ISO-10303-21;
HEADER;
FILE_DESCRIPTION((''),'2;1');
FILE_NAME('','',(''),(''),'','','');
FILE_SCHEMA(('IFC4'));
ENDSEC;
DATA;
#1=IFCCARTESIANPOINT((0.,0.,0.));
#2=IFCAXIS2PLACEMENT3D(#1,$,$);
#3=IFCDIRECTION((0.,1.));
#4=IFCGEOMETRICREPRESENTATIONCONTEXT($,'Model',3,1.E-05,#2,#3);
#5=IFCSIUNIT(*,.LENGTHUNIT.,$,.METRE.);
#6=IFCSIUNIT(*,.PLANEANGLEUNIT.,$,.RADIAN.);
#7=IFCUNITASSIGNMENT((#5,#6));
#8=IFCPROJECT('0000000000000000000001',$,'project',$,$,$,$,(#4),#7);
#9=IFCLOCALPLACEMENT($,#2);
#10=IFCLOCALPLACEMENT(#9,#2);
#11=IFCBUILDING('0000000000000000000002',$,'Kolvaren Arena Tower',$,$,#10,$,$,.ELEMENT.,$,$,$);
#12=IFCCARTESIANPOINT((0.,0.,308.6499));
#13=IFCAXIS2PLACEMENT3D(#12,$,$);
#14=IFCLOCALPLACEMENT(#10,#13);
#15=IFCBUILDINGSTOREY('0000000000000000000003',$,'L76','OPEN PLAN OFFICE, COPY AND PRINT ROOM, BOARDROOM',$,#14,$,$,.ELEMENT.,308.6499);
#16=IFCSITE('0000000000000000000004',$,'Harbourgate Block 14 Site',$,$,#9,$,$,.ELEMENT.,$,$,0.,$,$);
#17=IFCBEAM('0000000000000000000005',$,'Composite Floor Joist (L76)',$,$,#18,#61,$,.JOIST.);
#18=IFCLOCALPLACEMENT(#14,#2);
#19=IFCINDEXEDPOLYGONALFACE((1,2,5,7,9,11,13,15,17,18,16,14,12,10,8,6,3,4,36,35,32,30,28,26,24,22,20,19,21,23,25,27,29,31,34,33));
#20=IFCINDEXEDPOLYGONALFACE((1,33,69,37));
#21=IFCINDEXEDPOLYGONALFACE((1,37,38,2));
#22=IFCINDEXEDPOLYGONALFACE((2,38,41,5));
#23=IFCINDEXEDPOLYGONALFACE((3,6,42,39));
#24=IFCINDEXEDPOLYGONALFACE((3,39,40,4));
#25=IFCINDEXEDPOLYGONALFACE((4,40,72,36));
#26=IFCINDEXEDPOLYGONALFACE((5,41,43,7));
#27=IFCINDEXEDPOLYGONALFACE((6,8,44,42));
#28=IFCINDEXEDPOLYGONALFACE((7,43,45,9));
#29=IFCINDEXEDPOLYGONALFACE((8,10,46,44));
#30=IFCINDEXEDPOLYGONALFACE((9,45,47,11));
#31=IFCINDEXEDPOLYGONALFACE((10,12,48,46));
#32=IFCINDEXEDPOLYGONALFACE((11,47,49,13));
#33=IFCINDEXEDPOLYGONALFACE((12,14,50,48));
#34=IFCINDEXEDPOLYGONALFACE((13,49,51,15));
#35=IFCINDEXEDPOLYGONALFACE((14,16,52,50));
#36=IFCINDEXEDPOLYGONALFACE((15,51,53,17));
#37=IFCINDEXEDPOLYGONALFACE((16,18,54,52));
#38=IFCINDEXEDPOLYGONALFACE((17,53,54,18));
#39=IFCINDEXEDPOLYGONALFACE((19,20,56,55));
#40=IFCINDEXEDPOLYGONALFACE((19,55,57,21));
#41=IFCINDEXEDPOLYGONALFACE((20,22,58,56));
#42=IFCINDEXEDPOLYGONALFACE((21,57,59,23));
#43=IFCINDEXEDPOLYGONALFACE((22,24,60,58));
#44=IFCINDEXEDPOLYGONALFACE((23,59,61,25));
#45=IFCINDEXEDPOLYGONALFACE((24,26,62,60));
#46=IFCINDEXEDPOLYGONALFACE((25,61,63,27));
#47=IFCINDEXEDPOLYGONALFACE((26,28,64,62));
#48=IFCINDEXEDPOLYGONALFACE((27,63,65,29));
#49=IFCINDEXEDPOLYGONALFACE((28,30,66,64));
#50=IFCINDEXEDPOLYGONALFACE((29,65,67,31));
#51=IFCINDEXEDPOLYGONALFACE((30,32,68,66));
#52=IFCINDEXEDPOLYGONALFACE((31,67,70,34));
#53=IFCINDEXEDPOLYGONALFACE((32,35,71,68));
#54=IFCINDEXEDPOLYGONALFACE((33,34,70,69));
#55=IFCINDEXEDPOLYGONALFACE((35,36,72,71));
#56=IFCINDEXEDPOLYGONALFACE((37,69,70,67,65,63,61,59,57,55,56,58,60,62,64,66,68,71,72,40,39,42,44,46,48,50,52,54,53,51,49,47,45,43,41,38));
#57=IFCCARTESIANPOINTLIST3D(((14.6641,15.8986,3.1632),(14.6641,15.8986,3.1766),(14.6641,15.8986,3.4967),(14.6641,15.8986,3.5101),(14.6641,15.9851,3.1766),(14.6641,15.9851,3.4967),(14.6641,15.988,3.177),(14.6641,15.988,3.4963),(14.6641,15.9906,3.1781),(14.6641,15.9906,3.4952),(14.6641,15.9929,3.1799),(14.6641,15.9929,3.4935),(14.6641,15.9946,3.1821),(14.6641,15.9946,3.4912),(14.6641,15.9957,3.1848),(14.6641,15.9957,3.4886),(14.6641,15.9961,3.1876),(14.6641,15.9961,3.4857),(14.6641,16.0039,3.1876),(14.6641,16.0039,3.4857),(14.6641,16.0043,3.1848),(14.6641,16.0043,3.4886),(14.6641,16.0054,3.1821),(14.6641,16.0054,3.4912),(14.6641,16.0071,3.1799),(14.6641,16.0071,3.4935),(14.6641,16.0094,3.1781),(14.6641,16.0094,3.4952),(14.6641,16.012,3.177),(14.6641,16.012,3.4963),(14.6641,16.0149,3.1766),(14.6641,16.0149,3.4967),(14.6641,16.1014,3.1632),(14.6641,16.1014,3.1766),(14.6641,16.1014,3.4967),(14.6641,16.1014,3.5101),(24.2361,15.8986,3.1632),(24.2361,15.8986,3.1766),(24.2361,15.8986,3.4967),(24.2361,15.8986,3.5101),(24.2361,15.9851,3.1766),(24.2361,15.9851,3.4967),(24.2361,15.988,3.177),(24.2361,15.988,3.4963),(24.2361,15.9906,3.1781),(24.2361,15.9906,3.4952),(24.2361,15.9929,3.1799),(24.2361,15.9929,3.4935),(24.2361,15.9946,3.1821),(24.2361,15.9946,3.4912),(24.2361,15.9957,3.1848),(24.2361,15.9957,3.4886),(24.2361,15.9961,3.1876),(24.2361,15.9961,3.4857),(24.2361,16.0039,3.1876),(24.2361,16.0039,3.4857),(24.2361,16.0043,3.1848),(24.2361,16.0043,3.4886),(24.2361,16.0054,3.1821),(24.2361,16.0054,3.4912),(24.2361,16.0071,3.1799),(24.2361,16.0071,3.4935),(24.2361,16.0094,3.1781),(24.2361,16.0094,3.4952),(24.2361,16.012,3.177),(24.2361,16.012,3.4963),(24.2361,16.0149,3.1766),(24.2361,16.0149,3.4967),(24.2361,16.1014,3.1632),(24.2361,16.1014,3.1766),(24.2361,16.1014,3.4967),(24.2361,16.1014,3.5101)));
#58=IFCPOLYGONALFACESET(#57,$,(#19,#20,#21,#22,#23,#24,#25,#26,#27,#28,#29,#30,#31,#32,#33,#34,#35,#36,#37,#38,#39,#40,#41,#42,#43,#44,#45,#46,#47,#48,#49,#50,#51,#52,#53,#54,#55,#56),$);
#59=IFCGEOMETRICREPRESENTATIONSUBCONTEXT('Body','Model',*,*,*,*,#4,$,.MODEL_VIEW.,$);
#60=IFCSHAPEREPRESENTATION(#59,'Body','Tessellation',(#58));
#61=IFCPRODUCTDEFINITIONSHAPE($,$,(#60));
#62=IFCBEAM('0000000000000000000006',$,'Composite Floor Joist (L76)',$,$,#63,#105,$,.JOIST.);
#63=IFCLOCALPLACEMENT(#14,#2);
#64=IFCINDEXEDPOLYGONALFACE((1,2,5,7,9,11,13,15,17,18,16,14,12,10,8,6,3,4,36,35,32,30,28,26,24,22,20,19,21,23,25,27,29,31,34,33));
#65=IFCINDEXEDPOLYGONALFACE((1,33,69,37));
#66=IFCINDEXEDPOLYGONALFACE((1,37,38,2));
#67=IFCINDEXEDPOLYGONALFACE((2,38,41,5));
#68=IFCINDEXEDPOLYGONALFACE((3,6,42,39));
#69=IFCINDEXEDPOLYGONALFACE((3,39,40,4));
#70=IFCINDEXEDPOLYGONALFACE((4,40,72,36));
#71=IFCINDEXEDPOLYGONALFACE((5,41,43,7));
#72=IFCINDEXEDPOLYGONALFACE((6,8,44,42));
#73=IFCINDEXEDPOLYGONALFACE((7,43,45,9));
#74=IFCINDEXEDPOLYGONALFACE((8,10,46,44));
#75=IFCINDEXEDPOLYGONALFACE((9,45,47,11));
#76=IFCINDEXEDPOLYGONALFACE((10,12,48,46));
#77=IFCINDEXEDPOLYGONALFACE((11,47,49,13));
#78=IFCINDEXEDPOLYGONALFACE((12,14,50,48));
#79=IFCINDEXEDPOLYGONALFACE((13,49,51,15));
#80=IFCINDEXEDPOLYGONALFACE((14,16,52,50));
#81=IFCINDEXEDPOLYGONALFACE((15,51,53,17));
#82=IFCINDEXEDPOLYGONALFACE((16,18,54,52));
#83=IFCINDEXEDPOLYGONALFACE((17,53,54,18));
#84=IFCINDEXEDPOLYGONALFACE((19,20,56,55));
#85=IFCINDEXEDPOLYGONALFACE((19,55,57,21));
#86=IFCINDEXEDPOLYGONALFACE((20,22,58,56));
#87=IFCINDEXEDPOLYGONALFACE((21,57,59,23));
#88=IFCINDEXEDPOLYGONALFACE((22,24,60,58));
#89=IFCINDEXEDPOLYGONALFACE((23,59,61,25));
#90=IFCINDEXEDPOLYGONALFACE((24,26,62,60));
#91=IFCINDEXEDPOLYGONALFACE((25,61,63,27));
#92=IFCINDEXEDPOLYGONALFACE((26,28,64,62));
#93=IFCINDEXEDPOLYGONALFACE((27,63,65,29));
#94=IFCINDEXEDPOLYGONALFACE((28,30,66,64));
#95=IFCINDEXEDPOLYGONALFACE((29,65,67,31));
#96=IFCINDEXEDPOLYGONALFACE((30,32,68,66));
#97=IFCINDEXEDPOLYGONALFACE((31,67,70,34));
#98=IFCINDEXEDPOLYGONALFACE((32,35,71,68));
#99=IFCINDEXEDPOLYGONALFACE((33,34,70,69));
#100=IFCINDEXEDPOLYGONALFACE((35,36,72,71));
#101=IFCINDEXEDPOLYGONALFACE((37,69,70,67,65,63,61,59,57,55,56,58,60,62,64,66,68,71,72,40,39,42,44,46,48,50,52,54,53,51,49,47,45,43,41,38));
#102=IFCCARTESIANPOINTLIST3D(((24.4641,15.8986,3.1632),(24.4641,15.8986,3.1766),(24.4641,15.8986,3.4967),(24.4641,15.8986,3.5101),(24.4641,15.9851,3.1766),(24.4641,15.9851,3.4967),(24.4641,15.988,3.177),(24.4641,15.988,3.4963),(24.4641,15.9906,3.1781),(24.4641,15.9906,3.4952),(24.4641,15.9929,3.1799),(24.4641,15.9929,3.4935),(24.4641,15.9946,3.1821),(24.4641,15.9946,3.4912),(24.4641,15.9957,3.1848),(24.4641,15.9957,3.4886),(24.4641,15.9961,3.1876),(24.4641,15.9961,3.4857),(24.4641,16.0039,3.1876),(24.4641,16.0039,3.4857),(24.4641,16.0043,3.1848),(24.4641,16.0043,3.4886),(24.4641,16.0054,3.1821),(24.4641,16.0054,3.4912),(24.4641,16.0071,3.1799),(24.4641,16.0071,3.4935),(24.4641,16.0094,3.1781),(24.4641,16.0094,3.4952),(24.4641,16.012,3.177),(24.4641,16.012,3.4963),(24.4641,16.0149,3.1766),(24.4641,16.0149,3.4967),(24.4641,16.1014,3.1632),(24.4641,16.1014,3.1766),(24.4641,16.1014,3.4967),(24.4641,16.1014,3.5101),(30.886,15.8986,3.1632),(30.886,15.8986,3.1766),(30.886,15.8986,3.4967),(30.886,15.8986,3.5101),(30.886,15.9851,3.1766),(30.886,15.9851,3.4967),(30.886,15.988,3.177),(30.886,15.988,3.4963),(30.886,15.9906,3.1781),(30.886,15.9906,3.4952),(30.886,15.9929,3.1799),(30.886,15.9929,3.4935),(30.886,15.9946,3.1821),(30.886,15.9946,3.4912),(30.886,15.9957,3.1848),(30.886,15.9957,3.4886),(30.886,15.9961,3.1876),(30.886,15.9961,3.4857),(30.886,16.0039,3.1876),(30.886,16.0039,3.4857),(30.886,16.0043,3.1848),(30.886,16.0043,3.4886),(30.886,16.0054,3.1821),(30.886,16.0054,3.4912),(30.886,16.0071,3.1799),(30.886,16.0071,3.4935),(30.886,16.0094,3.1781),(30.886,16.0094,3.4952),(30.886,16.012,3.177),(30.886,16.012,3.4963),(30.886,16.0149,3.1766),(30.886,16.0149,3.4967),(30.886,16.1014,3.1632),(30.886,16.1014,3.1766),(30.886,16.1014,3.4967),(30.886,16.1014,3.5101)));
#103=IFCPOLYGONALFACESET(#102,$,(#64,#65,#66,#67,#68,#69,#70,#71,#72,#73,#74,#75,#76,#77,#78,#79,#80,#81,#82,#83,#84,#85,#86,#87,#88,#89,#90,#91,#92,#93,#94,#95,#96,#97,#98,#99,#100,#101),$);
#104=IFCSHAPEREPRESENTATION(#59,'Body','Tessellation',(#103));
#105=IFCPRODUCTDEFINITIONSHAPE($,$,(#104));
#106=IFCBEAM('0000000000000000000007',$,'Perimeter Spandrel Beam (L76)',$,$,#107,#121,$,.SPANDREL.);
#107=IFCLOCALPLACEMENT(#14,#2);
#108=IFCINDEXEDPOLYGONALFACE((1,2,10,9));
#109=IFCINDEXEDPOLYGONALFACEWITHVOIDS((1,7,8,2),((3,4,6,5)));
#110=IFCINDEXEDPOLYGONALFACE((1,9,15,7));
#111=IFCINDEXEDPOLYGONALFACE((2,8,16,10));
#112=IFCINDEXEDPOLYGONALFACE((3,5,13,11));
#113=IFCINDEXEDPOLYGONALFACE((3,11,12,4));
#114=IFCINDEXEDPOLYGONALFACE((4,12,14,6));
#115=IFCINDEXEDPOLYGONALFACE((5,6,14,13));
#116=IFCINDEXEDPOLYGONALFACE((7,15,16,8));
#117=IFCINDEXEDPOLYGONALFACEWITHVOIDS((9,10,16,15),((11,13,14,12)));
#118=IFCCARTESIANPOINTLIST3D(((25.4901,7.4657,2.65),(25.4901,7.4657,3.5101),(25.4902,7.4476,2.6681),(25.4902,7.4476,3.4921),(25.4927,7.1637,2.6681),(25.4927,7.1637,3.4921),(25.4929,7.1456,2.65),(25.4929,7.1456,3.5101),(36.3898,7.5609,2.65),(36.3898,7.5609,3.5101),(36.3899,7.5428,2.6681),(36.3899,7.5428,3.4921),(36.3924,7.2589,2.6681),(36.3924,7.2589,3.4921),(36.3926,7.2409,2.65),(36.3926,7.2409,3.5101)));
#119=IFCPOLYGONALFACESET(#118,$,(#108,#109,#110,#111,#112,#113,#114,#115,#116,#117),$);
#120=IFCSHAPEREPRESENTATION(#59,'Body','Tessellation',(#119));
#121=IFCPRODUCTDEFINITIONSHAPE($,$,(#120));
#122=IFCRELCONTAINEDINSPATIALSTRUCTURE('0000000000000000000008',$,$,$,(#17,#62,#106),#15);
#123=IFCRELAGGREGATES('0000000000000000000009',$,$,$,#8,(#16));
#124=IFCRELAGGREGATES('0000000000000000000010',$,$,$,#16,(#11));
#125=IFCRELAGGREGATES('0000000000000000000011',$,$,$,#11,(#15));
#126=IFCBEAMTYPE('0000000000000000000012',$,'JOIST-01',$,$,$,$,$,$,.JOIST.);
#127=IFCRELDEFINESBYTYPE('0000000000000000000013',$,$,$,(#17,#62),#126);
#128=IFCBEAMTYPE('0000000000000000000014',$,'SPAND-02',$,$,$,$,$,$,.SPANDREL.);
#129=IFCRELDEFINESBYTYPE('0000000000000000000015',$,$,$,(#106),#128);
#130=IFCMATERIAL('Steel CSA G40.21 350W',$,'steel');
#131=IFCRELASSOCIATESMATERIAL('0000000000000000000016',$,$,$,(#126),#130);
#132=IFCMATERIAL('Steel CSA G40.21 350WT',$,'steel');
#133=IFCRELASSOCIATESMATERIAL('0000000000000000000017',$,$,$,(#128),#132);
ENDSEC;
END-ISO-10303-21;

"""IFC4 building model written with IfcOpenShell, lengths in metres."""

from ifc_helpers import new_model, si_unit, direction, frame, origin, origin_2d, place, context, subcontext, project, spatial, hollow_rectangle, i_section, extrude, material, material_profile, profile_set, type_object, element, save


model = new_model("IFC4")

# Units and contexts
model_context = context("Model", 3, precision=1e-05, world=origin(), true_north=direction((0.0, 1.0)))
body_context = subcontext(model_context, "Body", "Model", "MODEL_VIEW")
ifc_project = project(units=[si_unit("LENGTHUNIT", "METRE"), si_unit("PLANEANGLEUNIT", "RADIAN")], contexts=[model_context])

# Site, building, storey
site_placement = place(None, origin())
site = spatial("IfcSite", under=ifc_project, at=site_placement, Name="Harbourgate Block 14 Site", CompositionType="ELEMENT", RefElevation=0.0)
building_placement = place(site_placement, origin())
building = spatial("IfcBuilding", under=site, at=building_placement, Name="Kolvaren Arena Tower", CompositionType="ELEMENT")
storey_placement = place(building_placement, frame((0.0, 0.0, 308.6499)))
storey = spatial("IfcBuildingStorey", under=building, at=storey_placement, Name="L76", Description="OPEN PLAN OFFICE, COPY AND PRINT ROOM, BOARDROOM", CompositionType="ELEMENT", Elevation=308.6499)

# Beams
ifc_material_1 = material(Name="Steel CSA G40.21 350W", Category="steel")
ifc_material_profile_1 = material_profile(ifc_material_1, i_section(OverallWidth=0.2029, OverallDepth=0.3469, WebThickness=0.0078, FlangeThickness=0.0134, FilletRadius=0.011, at=origin_2d()), Name="W360x64")
ifc_profile_set_1 = profile_set([ifc_material_profile_1], Name="Steel CSA G40.21 350W")
beam_type_1 = type_object("IfcBeamType", Name="JOIST-01", PredefinedType="JOIST", material=ifc_profile_set_1)
beam_1_placement = place(storey_placement, frame((14.6641, 16.0, 3.3367), z_axis=(1.0, 0.0, 0.0), x_axis=(0.0, 1.0, 0.0)))
element("IfcBeam", 1, at=beam_1_placement, inside=storey, type_object=beam_type_1, Name="Composite Floor Joist (L76)", PredefinedType="JOIST", context=body_context, shape_type="SweptSolid", body=[
    extrude(i_section(OverallWidth=0.2029, OverallDepth=0.3469, WebThickness=0.0078, FlangeThickness=0.0134, FilletRadius=0.011, at=origin_2d()), origin(), (0.0, 0.0, 1.0), 9.572),
])
beam_2_placement = place(storey_placement, frame((24.4641, 16.0, 3.3367), z_axis=(1.0, 0.0, 0.0), x_axis=(0.0, 1.0, 0.0)))
element("IfcBeam", 2, at=beam_2_placement, inside=storey, type_object=beam_type_1, Name="Composite Floor Joist (L76)", PredefinedType="JOIST", context=body_context, shape_type="SweptSolid", body=[
    extrude(i_section(OverallWidth=0.2029, OverallDepth=0.3469, WebThickness=0.0078, FlangeThickness=0.0134, FilletRadius=0.011, at=origin_2d()), origin(), (0.0, 0.0, 1.0), 6.4219),
])
ifc_material_2 = material(Name="Steel CSA G40.21 350WT", Category="steel")
ifc_material_profile_2 = material_profile(ifc_material_2, hollow_rectangle(XDim=0.3201, YDim=0.8601, WallThickness=0.0181, at=origin_2d()), Name="HSS 860x320x18")
ifc_profile_set_2 = profile_set([ifc_material_profile_2], Name="Steel CSA G40.21 350WT")
beam_type_2 = type_object("IfcBeamType", Name="SPAND-02", PredefinedType="SPANDREL", material=ifc_profile_set_2)
beam_3_placement = place(storey_placement, frame((25.4915, 7.3057, 3.0801), z_axis=(0.999962, 0.008735, 0.0), x_axis=(-0.008735, 0.999962, 0.0)))
element("IfcBeam", 3, at=beam_3_placement, inside=storey, type_object=beam_type_2, Name="Perimeter Spandrel Beam (L76)", PredefinedType="SPANDREL", context=body_context, shape_type="SweptSolid", body=[
    extrude(hollow_rectangle(XDim=0.3201, YDim=0.8601, WallThickness=0.0181, at=origin_2d()), origin(), (0.0, 0.0, 1.0), 10.9001),
])

save(model, "model.ifc")
